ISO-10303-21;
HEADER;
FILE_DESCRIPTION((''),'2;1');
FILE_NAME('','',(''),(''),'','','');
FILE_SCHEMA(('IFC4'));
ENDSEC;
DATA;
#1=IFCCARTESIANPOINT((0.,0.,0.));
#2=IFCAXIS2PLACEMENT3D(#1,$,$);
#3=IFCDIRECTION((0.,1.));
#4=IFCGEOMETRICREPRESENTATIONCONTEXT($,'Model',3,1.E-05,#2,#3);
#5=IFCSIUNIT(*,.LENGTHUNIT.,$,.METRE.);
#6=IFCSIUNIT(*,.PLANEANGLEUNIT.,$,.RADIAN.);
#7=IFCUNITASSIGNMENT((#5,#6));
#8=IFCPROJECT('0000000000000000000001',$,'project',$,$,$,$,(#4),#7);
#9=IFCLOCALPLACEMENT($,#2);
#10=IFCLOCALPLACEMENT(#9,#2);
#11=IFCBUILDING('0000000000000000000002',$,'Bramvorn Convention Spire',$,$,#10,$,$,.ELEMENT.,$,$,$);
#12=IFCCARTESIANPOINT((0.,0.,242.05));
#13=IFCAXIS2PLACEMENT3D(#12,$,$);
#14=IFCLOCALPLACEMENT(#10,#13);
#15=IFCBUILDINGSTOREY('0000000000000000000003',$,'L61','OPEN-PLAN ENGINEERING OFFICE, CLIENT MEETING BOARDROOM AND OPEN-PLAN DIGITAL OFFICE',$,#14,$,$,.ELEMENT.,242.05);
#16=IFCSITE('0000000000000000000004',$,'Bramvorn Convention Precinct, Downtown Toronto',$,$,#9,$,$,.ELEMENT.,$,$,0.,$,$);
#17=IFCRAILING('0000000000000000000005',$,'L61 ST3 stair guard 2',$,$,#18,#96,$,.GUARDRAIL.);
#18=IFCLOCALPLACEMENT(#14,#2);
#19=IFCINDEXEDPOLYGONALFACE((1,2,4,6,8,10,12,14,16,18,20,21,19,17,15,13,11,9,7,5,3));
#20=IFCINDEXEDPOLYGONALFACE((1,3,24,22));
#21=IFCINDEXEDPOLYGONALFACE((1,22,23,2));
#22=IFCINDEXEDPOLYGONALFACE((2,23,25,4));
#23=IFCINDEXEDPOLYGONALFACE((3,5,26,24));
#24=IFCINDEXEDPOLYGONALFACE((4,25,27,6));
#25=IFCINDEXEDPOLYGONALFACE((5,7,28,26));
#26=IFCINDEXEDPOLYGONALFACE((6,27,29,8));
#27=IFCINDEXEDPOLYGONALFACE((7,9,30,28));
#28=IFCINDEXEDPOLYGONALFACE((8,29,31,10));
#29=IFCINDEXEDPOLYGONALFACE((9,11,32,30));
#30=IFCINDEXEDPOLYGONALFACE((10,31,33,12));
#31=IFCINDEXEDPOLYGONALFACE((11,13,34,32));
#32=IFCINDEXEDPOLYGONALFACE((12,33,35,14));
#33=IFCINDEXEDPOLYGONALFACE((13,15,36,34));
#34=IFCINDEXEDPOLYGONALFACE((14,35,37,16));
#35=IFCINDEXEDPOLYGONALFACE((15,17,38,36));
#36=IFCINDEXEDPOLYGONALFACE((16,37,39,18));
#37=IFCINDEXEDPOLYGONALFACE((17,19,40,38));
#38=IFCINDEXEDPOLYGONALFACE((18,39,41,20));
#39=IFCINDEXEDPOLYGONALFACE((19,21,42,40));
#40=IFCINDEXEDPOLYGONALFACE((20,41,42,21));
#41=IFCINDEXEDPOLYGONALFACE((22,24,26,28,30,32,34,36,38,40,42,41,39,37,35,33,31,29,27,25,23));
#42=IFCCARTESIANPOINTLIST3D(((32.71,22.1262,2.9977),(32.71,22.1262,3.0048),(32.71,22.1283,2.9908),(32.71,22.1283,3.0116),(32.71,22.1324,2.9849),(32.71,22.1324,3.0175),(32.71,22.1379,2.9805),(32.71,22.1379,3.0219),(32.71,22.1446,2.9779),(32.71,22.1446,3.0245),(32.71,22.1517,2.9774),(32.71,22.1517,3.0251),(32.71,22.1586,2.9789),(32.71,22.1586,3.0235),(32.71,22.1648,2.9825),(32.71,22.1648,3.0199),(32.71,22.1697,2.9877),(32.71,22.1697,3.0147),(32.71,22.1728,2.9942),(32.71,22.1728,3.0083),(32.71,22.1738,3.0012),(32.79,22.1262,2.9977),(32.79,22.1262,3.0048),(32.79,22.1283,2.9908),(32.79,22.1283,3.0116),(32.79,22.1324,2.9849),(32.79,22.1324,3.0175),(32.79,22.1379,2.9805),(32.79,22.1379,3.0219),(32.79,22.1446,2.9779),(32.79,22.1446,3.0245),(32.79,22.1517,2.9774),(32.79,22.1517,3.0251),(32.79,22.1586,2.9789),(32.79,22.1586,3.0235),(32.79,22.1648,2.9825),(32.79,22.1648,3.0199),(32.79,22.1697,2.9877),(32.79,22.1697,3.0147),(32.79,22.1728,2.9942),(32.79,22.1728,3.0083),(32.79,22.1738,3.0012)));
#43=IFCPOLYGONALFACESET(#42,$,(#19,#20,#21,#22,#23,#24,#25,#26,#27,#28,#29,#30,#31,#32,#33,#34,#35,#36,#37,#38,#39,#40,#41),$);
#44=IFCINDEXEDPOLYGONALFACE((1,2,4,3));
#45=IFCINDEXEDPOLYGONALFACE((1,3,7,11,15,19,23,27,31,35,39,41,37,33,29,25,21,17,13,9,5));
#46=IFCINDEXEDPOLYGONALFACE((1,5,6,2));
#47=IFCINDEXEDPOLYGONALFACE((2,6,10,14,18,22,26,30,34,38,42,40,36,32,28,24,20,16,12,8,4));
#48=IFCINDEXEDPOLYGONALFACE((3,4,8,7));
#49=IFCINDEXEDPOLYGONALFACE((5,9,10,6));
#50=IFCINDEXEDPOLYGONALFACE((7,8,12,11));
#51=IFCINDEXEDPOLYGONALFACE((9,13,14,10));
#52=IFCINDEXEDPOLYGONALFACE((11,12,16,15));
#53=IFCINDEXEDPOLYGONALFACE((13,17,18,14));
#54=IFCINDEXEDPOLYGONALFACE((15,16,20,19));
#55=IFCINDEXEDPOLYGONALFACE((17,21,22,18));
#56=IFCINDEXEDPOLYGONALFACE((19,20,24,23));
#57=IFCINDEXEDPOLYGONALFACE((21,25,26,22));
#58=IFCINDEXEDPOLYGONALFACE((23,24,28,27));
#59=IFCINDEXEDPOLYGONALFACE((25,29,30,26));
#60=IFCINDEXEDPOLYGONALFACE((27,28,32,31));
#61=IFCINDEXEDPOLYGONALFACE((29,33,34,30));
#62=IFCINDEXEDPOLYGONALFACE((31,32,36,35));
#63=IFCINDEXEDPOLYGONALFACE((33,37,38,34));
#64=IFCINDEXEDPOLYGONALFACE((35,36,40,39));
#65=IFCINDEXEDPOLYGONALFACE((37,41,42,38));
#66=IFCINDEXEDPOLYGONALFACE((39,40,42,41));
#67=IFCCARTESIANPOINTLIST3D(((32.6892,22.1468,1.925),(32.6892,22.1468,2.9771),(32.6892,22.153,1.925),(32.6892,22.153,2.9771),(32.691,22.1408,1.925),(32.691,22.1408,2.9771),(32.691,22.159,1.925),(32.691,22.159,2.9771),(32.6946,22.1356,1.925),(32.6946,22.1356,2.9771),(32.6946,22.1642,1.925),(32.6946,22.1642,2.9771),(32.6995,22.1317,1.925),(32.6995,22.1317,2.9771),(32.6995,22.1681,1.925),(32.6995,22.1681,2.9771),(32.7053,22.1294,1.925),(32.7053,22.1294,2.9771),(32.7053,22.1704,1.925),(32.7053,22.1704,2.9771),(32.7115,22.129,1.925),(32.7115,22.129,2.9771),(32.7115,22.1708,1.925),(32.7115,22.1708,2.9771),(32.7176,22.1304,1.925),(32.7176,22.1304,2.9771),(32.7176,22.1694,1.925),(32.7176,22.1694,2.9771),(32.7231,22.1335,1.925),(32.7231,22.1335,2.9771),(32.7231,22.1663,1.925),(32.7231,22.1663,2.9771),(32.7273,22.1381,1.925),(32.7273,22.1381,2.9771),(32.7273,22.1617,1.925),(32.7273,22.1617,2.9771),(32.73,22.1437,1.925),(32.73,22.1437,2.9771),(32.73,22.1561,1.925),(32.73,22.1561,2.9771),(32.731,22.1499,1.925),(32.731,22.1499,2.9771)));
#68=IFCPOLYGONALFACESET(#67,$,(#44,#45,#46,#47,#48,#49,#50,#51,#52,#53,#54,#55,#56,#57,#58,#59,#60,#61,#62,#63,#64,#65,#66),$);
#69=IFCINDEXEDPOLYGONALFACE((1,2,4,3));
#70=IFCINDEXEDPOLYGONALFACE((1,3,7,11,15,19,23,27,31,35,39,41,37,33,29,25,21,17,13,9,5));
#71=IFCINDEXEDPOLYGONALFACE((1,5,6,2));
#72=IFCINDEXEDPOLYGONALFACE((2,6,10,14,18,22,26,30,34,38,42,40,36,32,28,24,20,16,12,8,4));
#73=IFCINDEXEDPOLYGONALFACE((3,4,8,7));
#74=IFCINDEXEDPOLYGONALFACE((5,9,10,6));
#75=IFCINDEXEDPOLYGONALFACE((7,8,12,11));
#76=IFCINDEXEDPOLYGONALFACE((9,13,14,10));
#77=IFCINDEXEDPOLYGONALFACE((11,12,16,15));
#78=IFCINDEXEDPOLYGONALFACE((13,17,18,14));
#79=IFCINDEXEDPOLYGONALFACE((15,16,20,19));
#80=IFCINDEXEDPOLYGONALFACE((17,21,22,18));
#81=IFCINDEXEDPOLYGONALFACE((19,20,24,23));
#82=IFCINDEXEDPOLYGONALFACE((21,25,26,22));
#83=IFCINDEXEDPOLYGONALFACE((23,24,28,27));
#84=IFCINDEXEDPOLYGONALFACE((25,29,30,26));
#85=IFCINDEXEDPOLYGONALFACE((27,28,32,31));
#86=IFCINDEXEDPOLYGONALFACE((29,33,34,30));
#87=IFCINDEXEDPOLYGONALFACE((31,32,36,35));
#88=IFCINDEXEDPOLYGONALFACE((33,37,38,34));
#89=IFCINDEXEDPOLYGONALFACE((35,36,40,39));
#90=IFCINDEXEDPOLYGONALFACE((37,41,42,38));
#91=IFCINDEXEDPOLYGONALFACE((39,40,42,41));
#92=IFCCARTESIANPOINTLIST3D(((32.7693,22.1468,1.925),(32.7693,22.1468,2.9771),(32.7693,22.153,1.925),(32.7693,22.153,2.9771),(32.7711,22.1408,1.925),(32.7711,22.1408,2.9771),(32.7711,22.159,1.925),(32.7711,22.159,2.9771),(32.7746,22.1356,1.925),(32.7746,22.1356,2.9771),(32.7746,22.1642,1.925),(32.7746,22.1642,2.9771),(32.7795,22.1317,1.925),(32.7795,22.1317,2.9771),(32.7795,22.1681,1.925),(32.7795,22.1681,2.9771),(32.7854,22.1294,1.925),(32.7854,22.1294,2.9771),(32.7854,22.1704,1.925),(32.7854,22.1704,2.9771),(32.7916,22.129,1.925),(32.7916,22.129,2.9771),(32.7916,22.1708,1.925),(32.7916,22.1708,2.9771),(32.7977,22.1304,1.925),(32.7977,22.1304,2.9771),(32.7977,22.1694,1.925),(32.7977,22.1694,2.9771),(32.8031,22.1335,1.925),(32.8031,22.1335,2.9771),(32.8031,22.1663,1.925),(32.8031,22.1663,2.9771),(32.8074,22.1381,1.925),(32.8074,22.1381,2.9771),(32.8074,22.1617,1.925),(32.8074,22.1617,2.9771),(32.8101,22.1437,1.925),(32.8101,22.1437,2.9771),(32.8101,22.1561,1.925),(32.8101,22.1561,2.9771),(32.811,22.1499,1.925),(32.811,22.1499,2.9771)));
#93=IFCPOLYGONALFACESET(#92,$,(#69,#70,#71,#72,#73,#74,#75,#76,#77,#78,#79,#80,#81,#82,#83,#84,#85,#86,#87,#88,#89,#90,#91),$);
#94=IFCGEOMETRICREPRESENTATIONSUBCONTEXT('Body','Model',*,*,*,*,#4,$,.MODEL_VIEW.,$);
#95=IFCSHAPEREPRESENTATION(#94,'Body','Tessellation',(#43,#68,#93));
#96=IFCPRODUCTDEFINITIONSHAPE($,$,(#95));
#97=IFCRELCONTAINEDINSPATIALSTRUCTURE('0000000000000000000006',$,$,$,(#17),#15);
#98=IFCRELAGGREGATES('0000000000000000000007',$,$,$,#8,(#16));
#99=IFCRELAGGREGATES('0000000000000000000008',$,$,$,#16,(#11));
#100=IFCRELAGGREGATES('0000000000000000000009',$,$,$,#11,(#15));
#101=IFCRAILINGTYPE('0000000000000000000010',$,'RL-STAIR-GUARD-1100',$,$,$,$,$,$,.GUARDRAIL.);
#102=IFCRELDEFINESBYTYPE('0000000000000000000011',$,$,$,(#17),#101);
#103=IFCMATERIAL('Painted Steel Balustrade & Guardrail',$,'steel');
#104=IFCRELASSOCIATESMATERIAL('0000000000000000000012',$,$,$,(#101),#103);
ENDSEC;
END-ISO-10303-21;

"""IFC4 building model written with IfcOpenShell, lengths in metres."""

from ifc_helpers import new_model, si_unit, direction, frame, origin, origin_2d, place, context, subcontext, project, spatial, circle, extrude, material, type_object, element, save


model = new_model("IFC4")

# Units and contexts
model_context = context("Model", 3, precision=1e-05, world=origin(), true_north=direction((0.0, 1.0)))
body_context = subcontext(model_context, "Body", "Model", "MODEL_VIEW")
ifc_project = project(units=[si_unit("LENGTHUNIT", "METRE"), si_unit("PLANEANGLEUNIT", "RADIAN")], contexts=[model_context])

# Site, building, storey
site_placement = place(None, origin())
site = spatial("IfcSite", under=ifc_project, at=site_placement, Name="Bramvorn Convention Precinct, Downtown Toronto", CompositionType="ELEMENT", RefElevation=0.0)
building_placement = place(site_placement, origin())
building = spatial("IfcBuilding", under=site, at=building_placement, Name="Bramvorn Convention Spire", CompositionType="ELEMENT")
storey_placement = place(building_placement, frame((0.0, 0.0, 242.05)))
storey = spatial("IfcBuildingStorey", under=building, at=storey_placement, Name="L61", Description="OPEN-PLAN ENGINEERING OFFICE, CLIENT MEETING BOARDROOM AND OPEN-PLAN DIGITAL OFFICE", CompositionType="ELEMENT", Elevation=242.05)

# Railing
ifc_material_1 = material(Name="Painted Steel Balustrade & Guardrail", Category="steel")
railing_type_1 = type_object("IfcRailingType", Name="RL-STAIR-GUARD-1100", PredefinedType="GUARDRAIL", material=ifc_material_1)
railing_1_placement = place(storey_placement, frame((32.71, 22.1499, 1.925)))
element("IfcRailing", 1, at=railing_1_placement, inside=storey, type_object=railing_type_1, Name="L61 ST3 stair guard 2", PredefinedType="GUARDRAIL", context=body_context, shape_type="SweptSolid", body=[
    extrude(circle(Radius=0.0239, at=origin_2d()), frame((0.0, 0.0, 1.0762), z_axis=(1.0, 0.0, 0.0), x_axis=(0.0, 1.0, 0.0)), (0.0, 0.0, 1.0), 0.0801),
    extrude(circle(Radius=0.021, at=origin_2d()), origin(), (0.0, 0.0, 1.0), 1.052),
    extrude(circle(Radius=0.021, at=origin_2d()), frame((0.0801, 0.0, 0.0)), (0.0, 0.0, 1.0), 1.052),
])

save(model, "model.ifc")
